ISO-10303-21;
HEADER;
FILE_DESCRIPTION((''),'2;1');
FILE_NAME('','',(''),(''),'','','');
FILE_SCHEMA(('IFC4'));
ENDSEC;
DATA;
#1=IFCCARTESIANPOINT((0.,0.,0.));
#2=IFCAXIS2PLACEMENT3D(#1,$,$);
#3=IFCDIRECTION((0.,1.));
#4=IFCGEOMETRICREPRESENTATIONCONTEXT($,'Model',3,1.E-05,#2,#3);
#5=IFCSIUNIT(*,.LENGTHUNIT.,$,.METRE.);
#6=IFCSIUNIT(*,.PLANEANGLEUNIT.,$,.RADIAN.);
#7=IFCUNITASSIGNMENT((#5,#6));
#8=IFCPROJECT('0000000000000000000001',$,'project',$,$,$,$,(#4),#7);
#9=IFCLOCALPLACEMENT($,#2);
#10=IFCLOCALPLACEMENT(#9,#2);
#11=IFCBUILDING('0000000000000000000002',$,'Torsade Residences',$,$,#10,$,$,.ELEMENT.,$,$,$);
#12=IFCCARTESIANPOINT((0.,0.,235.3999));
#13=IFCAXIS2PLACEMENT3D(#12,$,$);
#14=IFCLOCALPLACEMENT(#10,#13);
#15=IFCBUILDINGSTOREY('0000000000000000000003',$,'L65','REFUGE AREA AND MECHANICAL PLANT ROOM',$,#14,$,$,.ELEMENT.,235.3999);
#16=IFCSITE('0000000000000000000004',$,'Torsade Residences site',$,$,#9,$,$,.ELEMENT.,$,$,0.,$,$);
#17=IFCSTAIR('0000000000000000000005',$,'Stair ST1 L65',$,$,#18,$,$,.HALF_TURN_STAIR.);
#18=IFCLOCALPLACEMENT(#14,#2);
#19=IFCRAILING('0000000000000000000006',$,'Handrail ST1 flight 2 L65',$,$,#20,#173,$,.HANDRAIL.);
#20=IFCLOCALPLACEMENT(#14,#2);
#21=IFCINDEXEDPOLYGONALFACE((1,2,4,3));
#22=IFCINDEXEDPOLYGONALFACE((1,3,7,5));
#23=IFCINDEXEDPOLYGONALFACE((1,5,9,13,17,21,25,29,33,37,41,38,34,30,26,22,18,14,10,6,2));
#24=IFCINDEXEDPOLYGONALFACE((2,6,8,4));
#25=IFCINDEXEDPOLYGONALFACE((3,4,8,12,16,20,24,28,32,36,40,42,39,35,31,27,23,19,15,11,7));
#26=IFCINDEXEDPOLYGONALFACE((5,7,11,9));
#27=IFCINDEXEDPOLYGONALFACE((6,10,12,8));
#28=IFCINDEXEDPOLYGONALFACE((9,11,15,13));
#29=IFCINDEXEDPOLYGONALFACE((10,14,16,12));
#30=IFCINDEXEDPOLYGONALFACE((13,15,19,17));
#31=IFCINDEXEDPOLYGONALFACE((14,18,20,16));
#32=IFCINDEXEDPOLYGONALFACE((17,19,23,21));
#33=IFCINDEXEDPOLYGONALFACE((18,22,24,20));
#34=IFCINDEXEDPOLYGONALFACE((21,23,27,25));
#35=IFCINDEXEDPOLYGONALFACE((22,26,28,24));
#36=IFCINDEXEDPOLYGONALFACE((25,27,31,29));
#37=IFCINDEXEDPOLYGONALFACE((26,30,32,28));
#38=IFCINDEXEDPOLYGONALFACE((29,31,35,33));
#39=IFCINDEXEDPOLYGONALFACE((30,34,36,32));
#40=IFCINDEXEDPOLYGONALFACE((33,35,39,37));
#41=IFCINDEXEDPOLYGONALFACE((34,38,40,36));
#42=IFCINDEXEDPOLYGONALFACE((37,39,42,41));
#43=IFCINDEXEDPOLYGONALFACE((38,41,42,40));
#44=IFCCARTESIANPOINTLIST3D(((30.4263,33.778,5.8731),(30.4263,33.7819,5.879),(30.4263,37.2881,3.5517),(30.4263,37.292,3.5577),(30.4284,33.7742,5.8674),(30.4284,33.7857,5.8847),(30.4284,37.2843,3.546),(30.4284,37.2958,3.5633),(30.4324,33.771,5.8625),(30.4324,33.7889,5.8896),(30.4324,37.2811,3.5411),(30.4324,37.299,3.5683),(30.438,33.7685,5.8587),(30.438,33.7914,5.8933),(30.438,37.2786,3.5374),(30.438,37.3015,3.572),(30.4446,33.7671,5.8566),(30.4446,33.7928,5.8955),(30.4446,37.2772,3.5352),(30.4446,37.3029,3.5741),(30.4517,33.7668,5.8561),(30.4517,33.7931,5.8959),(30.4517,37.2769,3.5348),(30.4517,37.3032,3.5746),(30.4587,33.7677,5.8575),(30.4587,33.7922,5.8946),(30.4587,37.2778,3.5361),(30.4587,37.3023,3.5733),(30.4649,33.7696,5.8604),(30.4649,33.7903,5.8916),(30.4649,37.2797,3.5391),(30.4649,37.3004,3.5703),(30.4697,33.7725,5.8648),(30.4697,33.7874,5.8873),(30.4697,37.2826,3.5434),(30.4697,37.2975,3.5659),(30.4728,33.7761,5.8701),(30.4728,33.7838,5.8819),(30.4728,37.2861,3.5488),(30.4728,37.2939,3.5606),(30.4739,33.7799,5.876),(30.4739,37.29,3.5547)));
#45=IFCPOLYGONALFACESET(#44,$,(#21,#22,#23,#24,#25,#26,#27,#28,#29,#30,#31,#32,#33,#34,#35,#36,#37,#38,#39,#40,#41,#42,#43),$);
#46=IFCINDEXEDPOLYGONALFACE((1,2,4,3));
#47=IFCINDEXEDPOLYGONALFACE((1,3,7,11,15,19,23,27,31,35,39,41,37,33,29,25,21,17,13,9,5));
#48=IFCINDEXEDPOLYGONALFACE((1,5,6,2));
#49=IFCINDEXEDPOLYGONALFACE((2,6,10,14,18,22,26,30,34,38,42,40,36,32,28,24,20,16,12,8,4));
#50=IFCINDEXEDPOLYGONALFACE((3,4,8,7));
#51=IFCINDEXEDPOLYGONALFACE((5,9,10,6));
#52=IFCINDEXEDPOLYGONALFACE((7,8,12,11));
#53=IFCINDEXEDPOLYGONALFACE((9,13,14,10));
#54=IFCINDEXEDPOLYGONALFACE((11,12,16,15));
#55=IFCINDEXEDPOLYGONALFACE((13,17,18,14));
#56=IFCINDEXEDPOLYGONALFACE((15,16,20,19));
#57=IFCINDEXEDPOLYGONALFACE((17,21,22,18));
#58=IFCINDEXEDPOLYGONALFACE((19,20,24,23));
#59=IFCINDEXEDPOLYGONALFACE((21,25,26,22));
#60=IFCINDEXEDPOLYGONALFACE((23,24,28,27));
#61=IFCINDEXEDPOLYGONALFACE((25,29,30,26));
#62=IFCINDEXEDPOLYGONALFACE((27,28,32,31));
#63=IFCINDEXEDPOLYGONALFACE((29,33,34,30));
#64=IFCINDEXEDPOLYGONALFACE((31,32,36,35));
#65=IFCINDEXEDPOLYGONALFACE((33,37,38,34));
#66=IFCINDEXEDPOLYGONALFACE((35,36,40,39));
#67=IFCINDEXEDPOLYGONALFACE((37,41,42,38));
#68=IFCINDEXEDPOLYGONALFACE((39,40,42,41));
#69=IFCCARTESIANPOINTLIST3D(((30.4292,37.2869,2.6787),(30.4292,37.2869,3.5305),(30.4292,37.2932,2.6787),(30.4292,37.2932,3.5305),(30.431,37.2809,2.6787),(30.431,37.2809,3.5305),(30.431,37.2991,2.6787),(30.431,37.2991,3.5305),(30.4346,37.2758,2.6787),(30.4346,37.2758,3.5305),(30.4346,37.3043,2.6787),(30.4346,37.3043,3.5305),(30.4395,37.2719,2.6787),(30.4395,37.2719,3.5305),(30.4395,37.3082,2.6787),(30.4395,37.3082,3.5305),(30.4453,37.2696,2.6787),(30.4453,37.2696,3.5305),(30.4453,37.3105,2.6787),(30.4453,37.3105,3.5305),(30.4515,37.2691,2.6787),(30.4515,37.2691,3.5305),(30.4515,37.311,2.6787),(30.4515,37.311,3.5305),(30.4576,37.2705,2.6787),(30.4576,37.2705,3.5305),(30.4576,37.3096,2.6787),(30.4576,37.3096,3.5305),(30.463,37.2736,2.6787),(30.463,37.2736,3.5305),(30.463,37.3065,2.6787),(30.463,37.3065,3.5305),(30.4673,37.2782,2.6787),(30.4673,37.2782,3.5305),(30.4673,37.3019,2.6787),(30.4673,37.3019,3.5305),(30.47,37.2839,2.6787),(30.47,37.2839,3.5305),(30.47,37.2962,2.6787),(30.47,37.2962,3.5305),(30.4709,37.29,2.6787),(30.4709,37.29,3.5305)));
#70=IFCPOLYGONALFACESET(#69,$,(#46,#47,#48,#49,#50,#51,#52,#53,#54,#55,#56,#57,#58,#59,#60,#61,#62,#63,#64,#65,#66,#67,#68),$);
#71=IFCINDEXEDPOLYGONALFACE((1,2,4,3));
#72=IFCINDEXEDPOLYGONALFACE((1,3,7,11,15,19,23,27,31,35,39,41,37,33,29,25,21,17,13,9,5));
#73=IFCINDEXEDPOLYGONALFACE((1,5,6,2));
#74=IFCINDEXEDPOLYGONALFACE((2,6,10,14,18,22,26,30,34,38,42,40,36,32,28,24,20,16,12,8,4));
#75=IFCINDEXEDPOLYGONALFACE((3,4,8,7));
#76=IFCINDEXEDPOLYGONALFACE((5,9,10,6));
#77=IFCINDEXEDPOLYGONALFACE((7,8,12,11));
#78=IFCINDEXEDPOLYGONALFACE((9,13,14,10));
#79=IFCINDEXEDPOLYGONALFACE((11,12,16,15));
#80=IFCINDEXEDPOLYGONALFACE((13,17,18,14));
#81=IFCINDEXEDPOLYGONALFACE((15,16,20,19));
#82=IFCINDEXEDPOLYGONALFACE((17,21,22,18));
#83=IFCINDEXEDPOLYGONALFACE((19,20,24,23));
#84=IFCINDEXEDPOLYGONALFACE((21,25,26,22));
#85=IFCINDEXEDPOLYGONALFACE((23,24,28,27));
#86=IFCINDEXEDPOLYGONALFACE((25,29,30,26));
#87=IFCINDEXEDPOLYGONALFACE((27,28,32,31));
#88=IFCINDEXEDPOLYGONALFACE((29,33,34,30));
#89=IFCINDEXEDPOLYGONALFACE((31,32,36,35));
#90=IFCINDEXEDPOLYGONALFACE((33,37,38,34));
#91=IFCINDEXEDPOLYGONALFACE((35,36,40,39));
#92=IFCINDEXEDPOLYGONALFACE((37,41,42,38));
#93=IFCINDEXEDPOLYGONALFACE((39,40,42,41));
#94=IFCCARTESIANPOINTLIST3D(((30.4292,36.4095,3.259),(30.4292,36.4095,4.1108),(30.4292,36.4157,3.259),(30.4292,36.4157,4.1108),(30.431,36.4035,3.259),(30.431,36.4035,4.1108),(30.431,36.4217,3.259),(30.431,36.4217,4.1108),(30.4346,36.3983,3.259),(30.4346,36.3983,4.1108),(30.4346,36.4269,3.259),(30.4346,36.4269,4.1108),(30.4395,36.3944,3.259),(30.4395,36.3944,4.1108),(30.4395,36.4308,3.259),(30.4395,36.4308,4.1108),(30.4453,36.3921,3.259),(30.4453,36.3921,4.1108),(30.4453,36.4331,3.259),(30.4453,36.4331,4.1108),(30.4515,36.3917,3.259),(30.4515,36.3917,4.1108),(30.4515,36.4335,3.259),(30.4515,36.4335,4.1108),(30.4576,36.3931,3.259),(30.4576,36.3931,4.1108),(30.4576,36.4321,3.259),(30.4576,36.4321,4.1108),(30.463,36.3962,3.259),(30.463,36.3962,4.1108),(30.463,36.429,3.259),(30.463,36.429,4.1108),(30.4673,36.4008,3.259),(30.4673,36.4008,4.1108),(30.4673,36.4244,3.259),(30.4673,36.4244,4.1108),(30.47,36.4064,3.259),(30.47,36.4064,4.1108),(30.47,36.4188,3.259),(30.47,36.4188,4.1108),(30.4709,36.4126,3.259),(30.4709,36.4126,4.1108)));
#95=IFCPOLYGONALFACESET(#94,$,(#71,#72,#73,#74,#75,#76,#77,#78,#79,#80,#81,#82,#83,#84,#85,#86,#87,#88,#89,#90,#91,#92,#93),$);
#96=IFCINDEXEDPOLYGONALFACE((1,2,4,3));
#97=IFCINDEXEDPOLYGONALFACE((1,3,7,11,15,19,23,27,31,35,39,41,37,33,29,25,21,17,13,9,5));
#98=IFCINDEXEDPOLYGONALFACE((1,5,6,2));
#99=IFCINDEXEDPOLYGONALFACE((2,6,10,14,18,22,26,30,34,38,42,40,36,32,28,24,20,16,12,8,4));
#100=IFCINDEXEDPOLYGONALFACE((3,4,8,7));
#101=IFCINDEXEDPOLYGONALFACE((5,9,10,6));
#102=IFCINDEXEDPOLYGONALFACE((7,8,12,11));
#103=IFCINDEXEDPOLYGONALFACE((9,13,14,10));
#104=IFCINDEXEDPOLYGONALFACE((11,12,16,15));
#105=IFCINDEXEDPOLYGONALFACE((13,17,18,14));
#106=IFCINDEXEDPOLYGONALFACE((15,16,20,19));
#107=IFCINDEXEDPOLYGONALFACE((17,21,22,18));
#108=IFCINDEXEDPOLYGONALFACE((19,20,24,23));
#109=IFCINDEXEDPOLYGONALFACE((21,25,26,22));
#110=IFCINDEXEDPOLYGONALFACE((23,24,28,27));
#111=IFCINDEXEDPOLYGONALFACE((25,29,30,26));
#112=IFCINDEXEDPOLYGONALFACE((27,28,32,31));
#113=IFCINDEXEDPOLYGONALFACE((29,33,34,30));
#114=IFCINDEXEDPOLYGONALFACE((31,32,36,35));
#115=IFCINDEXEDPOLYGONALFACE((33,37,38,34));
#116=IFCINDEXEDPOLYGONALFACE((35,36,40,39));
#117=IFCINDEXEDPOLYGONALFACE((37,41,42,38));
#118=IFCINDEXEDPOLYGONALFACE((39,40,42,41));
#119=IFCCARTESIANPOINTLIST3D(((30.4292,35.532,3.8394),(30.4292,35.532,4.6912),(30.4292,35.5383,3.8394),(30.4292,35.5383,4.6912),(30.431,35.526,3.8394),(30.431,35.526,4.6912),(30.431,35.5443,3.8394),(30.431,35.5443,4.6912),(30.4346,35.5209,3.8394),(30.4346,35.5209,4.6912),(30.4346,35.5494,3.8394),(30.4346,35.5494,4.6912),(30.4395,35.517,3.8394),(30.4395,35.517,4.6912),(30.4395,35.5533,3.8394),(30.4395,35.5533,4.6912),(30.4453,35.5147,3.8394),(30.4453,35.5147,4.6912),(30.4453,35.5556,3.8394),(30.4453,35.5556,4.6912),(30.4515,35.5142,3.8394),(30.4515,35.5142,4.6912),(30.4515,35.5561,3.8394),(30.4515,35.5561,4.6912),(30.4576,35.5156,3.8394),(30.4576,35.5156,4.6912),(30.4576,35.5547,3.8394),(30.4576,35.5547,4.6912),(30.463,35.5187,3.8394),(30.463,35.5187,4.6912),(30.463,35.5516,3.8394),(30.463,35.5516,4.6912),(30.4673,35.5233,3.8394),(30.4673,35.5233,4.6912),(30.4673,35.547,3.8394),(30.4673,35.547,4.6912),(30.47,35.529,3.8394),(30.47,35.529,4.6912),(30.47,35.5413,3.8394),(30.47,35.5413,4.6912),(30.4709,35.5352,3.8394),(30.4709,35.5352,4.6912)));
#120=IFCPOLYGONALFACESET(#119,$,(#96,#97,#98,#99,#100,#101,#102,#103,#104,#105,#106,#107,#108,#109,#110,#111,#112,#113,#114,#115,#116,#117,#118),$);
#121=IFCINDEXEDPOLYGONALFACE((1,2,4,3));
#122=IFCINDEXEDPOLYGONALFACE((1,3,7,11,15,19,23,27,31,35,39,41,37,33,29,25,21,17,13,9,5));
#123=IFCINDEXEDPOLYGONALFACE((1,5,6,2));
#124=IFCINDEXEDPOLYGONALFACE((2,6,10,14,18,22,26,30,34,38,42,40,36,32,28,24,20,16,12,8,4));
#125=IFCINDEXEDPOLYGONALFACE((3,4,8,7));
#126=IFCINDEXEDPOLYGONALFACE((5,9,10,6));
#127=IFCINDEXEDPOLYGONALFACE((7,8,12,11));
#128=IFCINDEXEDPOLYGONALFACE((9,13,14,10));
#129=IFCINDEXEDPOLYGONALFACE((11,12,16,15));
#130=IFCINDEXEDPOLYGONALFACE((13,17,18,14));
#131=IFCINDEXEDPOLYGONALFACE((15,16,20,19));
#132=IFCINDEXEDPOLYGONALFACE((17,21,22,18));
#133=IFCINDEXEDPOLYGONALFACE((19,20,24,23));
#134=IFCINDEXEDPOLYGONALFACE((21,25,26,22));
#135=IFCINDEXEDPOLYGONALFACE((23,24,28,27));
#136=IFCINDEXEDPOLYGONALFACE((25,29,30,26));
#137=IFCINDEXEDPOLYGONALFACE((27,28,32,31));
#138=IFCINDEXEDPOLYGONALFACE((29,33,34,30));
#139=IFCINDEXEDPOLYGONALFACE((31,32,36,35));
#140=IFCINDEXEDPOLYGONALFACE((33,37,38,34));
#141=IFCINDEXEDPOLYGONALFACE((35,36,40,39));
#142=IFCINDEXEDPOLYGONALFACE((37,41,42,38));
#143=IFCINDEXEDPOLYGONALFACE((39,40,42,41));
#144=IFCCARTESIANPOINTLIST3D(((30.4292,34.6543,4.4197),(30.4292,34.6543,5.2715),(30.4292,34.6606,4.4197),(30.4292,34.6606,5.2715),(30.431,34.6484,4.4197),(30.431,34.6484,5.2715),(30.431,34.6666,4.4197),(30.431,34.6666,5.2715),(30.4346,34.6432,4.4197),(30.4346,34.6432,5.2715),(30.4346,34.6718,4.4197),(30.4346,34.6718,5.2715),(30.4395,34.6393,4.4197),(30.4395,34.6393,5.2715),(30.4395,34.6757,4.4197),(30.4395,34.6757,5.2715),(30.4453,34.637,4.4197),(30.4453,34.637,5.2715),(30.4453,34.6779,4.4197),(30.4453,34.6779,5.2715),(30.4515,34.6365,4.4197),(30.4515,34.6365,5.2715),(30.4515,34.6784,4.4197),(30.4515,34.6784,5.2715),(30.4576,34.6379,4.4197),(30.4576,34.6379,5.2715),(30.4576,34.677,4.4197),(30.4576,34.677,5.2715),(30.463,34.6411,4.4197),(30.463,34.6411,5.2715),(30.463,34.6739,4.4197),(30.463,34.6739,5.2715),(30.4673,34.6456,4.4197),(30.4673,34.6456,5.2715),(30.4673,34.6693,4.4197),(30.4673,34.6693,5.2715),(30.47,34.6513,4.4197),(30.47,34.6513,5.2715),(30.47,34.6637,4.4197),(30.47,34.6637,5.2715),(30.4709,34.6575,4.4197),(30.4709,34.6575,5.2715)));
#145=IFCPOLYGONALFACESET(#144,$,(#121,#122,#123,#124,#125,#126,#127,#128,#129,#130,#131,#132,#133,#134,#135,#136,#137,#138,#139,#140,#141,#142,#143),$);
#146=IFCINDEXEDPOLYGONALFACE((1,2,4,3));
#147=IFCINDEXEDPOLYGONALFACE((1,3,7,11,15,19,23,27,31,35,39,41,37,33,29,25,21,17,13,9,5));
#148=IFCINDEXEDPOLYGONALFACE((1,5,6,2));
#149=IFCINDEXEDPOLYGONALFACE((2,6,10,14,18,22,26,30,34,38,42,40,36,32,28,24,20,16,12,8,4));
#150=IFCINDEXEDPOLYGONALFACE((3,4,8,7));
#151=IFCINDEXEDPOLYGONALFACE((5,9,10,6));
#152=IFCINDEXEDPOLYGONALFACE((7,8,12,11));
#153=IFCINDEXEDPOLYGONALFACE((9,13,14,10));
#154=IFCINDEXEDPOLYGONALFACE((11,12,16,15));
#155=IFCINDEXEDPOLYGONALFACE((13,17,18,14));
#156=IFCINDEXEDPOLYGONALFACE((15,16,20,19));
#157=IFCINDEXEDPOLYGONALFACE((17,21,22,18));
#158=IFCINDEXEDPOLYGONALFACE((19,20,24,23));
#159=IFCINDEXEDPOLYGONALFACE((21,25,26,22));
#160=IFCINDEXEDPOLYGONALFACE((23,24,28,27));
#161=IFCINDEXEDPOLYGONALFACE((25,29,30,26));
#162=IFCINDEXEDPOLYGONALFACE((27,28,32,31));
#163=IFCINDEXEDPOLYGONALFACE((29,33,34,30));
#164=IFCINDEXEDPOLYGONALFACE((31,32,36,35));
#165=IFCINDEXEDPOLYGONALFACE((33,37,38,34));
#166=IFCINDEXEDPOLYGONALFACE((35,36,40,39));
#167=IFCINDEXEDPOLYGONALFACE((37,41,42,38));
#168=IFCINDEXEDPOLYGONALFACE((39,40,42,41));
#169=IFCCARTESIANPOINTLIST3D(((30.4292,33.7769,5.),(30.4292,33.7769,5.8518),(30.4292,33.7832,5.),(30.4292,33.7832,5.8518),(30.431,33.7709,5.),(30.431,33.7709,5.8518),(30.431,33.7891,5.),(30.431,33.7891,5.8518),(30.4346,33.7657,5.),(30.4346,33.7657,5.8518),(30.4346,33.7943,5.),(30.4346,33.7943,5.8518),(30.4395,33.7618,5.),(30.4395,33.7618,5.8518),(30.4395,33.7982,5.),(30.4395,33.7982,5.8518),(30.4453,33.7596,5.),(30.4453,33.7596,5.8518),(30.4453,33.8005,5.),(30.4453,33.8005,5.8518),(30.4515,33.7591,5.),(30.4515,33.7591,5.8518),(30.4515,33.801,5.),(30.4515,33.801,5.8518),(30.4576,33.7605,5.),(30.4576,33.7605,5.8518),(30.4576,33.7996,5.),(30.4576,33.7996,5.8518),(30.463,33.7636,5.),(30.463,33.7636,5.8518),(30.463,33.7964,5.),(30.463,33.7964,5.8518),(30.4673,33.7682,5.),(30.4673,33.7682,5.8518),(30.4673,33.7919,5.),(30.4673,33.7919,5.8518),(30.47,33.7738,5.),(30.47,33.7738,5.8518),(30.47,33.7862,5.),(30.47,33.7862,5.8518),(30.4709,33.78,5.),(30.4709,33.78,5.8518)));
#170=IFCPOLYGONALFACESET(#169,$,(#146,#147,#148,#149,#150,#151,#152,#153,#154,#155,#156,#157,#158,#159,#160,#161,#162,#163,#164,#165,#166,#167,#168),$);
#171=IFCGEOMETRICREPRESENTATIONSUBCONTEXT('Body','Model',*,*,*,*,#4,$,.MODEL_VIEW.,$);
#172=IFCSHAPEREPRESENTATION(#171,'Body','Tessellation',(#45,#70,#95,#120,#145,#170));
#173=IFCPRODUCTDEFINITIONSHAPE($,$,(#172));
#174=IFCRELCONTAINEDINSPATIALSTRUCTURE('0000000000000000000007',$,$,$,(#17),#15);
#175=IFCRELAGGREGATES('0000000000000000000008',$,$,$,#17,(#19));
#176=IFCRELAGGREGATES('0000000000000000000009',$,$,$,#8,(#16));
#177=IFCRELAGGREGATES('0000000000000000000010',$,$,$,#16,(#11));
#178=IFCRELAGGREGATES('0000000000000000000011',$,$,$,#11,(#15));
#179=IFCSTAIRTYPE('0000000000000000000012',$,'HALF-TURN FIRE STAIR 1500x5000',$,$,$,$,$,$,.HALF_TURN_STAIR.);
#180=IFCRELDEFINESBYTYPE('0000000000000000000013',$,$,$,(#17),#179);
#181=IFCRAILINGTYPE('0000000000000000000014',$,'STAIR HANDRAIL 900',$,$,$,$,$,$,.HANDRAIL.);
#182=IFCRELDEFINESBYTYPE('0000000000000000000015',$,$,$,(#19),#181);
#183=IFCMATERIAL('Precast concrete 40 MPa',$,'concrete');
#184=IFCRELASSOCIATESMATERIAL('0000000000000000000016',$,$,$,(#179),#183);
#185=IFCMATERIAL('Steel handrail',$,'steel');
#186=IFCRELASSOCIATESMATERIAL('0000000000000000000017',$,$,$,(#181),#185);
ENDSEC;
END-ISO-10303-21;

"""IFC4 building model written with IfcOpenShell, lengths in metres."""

from ifc_helpers import new_model, si_unit, direction, frame, origin, origin_2d, place, context, subcontext, project, spatial, circle, extrude, material, type_object, element, aggregate, save


model = new_model("IFC4")

# Units and contexts
model_context = context("Model", 3, precision=1e-05, world=origin(), true_north=direction((0.0, 1.0)))
body_context = subcontext(model_context, "Body", "Model", "MODEL_VIEW")
ifc_project = project(units=[si_unit("LENGTHUNIT", "METRE"), si_unit("PLANEANGLEUNIT", "RADIAN")], contexts=[model_context])

# Site, building, storey
site_placement = place(None, origin())
site = spatial("IfcSite", under=ifc_project, at=site_placement, Name="Torsade Residences site", CompositionType="ELEMENT", RefElevation=0.0)
building_placement = place(site_placement, origin())
building = spatial("IfcBuilding", under=site, at=building_placement, Name="Torsade Residences", CompositionType="ELEMENT")
storey_placement = place(building_placement, frame((0.0, 0.0, 235.3999)))
storey = spatial("IfcBuildingStorey", under=building, at=storey_placement, Name="L65", Description="REFUGE AREA AND MECHANICAL PLANT ROOM", CompositionType="ELEMENT", Elevation=235.3999)

# Stair, railing
ifc_material_1 = material(Name="Precast concrete 40 MPa", Category="concrete")
stair_type = type_object("IfcStairType", Name="HALF-TURN FIRE STAIR 1500x5000", PredefinedType="HALF_TURN_STAIR", material=ifc_material_1)
stair_placement = place(storey_placement, origin())
stair = element("IfcStair", 1, at=stair_placement, inside=storey, type_object=stair_type, Name="Stair ST1 L65", PredefinedType="HALF_TURN_STAIR")
ifc_material_2 = material(Name="Steel handrail", Category="steel")
railing_type = type_object("IfcRailingType", Name="STAIR HANDRAIL 900", PredefinedType="HANDRAIL", material=ifc_material_2)
railing_1_placement = place(storey_placement, frame((30.45, 37.29, 2.6787)))
railing_1 = element("IfcRailing", 2, at=railing_1_placement, type_object=railing_type, Name="Handrail ST1 flight 2 L65", PredefinedType="HANDRAIL", context=body_context, shape_type="SweptSolid", body=[
    extrude(circle(Radius=0.0239, at=origin_2d()), frame((0.0, 0.0, 0.876), z_axis=(0.0, -0.834097, 0.551617), x_axis=(1.0, 0.0, 0.0)), (0.0, 0.0, 1.0), 4.2083),
    extrude(circle(Radius=0.021, at=origin_2d()), origin(), (0.0, 0.0, 1.0), 0.8518),
    extrude(circle(Radius=0.021, at=origin_2d()), frame((0.0, -0.8774, 0.5803)), (0.0, 0.0, 1.0), 0.8518),
    extrude(circle(Radius=0.021, at=origin_2d()), frame((0.0, -1.7549, 1.1606)), (0.0, 0.0, 1.0), 0.8518),
    extrude(circle(Radius=0.021, at=origin_2d()), frame((0.0, -2.6326, 1.741)), (0.0, 0.0, 1.0), 0.8518),
    extrude(circle(Radius=0.021, at=origin_2d()), frame((0.0, -3.51, 2.3213)), (0.0, 0.0, 1.0), 0.8518),
])
aggregate(stair, [railing_1])

save(model, "model.ifc")
